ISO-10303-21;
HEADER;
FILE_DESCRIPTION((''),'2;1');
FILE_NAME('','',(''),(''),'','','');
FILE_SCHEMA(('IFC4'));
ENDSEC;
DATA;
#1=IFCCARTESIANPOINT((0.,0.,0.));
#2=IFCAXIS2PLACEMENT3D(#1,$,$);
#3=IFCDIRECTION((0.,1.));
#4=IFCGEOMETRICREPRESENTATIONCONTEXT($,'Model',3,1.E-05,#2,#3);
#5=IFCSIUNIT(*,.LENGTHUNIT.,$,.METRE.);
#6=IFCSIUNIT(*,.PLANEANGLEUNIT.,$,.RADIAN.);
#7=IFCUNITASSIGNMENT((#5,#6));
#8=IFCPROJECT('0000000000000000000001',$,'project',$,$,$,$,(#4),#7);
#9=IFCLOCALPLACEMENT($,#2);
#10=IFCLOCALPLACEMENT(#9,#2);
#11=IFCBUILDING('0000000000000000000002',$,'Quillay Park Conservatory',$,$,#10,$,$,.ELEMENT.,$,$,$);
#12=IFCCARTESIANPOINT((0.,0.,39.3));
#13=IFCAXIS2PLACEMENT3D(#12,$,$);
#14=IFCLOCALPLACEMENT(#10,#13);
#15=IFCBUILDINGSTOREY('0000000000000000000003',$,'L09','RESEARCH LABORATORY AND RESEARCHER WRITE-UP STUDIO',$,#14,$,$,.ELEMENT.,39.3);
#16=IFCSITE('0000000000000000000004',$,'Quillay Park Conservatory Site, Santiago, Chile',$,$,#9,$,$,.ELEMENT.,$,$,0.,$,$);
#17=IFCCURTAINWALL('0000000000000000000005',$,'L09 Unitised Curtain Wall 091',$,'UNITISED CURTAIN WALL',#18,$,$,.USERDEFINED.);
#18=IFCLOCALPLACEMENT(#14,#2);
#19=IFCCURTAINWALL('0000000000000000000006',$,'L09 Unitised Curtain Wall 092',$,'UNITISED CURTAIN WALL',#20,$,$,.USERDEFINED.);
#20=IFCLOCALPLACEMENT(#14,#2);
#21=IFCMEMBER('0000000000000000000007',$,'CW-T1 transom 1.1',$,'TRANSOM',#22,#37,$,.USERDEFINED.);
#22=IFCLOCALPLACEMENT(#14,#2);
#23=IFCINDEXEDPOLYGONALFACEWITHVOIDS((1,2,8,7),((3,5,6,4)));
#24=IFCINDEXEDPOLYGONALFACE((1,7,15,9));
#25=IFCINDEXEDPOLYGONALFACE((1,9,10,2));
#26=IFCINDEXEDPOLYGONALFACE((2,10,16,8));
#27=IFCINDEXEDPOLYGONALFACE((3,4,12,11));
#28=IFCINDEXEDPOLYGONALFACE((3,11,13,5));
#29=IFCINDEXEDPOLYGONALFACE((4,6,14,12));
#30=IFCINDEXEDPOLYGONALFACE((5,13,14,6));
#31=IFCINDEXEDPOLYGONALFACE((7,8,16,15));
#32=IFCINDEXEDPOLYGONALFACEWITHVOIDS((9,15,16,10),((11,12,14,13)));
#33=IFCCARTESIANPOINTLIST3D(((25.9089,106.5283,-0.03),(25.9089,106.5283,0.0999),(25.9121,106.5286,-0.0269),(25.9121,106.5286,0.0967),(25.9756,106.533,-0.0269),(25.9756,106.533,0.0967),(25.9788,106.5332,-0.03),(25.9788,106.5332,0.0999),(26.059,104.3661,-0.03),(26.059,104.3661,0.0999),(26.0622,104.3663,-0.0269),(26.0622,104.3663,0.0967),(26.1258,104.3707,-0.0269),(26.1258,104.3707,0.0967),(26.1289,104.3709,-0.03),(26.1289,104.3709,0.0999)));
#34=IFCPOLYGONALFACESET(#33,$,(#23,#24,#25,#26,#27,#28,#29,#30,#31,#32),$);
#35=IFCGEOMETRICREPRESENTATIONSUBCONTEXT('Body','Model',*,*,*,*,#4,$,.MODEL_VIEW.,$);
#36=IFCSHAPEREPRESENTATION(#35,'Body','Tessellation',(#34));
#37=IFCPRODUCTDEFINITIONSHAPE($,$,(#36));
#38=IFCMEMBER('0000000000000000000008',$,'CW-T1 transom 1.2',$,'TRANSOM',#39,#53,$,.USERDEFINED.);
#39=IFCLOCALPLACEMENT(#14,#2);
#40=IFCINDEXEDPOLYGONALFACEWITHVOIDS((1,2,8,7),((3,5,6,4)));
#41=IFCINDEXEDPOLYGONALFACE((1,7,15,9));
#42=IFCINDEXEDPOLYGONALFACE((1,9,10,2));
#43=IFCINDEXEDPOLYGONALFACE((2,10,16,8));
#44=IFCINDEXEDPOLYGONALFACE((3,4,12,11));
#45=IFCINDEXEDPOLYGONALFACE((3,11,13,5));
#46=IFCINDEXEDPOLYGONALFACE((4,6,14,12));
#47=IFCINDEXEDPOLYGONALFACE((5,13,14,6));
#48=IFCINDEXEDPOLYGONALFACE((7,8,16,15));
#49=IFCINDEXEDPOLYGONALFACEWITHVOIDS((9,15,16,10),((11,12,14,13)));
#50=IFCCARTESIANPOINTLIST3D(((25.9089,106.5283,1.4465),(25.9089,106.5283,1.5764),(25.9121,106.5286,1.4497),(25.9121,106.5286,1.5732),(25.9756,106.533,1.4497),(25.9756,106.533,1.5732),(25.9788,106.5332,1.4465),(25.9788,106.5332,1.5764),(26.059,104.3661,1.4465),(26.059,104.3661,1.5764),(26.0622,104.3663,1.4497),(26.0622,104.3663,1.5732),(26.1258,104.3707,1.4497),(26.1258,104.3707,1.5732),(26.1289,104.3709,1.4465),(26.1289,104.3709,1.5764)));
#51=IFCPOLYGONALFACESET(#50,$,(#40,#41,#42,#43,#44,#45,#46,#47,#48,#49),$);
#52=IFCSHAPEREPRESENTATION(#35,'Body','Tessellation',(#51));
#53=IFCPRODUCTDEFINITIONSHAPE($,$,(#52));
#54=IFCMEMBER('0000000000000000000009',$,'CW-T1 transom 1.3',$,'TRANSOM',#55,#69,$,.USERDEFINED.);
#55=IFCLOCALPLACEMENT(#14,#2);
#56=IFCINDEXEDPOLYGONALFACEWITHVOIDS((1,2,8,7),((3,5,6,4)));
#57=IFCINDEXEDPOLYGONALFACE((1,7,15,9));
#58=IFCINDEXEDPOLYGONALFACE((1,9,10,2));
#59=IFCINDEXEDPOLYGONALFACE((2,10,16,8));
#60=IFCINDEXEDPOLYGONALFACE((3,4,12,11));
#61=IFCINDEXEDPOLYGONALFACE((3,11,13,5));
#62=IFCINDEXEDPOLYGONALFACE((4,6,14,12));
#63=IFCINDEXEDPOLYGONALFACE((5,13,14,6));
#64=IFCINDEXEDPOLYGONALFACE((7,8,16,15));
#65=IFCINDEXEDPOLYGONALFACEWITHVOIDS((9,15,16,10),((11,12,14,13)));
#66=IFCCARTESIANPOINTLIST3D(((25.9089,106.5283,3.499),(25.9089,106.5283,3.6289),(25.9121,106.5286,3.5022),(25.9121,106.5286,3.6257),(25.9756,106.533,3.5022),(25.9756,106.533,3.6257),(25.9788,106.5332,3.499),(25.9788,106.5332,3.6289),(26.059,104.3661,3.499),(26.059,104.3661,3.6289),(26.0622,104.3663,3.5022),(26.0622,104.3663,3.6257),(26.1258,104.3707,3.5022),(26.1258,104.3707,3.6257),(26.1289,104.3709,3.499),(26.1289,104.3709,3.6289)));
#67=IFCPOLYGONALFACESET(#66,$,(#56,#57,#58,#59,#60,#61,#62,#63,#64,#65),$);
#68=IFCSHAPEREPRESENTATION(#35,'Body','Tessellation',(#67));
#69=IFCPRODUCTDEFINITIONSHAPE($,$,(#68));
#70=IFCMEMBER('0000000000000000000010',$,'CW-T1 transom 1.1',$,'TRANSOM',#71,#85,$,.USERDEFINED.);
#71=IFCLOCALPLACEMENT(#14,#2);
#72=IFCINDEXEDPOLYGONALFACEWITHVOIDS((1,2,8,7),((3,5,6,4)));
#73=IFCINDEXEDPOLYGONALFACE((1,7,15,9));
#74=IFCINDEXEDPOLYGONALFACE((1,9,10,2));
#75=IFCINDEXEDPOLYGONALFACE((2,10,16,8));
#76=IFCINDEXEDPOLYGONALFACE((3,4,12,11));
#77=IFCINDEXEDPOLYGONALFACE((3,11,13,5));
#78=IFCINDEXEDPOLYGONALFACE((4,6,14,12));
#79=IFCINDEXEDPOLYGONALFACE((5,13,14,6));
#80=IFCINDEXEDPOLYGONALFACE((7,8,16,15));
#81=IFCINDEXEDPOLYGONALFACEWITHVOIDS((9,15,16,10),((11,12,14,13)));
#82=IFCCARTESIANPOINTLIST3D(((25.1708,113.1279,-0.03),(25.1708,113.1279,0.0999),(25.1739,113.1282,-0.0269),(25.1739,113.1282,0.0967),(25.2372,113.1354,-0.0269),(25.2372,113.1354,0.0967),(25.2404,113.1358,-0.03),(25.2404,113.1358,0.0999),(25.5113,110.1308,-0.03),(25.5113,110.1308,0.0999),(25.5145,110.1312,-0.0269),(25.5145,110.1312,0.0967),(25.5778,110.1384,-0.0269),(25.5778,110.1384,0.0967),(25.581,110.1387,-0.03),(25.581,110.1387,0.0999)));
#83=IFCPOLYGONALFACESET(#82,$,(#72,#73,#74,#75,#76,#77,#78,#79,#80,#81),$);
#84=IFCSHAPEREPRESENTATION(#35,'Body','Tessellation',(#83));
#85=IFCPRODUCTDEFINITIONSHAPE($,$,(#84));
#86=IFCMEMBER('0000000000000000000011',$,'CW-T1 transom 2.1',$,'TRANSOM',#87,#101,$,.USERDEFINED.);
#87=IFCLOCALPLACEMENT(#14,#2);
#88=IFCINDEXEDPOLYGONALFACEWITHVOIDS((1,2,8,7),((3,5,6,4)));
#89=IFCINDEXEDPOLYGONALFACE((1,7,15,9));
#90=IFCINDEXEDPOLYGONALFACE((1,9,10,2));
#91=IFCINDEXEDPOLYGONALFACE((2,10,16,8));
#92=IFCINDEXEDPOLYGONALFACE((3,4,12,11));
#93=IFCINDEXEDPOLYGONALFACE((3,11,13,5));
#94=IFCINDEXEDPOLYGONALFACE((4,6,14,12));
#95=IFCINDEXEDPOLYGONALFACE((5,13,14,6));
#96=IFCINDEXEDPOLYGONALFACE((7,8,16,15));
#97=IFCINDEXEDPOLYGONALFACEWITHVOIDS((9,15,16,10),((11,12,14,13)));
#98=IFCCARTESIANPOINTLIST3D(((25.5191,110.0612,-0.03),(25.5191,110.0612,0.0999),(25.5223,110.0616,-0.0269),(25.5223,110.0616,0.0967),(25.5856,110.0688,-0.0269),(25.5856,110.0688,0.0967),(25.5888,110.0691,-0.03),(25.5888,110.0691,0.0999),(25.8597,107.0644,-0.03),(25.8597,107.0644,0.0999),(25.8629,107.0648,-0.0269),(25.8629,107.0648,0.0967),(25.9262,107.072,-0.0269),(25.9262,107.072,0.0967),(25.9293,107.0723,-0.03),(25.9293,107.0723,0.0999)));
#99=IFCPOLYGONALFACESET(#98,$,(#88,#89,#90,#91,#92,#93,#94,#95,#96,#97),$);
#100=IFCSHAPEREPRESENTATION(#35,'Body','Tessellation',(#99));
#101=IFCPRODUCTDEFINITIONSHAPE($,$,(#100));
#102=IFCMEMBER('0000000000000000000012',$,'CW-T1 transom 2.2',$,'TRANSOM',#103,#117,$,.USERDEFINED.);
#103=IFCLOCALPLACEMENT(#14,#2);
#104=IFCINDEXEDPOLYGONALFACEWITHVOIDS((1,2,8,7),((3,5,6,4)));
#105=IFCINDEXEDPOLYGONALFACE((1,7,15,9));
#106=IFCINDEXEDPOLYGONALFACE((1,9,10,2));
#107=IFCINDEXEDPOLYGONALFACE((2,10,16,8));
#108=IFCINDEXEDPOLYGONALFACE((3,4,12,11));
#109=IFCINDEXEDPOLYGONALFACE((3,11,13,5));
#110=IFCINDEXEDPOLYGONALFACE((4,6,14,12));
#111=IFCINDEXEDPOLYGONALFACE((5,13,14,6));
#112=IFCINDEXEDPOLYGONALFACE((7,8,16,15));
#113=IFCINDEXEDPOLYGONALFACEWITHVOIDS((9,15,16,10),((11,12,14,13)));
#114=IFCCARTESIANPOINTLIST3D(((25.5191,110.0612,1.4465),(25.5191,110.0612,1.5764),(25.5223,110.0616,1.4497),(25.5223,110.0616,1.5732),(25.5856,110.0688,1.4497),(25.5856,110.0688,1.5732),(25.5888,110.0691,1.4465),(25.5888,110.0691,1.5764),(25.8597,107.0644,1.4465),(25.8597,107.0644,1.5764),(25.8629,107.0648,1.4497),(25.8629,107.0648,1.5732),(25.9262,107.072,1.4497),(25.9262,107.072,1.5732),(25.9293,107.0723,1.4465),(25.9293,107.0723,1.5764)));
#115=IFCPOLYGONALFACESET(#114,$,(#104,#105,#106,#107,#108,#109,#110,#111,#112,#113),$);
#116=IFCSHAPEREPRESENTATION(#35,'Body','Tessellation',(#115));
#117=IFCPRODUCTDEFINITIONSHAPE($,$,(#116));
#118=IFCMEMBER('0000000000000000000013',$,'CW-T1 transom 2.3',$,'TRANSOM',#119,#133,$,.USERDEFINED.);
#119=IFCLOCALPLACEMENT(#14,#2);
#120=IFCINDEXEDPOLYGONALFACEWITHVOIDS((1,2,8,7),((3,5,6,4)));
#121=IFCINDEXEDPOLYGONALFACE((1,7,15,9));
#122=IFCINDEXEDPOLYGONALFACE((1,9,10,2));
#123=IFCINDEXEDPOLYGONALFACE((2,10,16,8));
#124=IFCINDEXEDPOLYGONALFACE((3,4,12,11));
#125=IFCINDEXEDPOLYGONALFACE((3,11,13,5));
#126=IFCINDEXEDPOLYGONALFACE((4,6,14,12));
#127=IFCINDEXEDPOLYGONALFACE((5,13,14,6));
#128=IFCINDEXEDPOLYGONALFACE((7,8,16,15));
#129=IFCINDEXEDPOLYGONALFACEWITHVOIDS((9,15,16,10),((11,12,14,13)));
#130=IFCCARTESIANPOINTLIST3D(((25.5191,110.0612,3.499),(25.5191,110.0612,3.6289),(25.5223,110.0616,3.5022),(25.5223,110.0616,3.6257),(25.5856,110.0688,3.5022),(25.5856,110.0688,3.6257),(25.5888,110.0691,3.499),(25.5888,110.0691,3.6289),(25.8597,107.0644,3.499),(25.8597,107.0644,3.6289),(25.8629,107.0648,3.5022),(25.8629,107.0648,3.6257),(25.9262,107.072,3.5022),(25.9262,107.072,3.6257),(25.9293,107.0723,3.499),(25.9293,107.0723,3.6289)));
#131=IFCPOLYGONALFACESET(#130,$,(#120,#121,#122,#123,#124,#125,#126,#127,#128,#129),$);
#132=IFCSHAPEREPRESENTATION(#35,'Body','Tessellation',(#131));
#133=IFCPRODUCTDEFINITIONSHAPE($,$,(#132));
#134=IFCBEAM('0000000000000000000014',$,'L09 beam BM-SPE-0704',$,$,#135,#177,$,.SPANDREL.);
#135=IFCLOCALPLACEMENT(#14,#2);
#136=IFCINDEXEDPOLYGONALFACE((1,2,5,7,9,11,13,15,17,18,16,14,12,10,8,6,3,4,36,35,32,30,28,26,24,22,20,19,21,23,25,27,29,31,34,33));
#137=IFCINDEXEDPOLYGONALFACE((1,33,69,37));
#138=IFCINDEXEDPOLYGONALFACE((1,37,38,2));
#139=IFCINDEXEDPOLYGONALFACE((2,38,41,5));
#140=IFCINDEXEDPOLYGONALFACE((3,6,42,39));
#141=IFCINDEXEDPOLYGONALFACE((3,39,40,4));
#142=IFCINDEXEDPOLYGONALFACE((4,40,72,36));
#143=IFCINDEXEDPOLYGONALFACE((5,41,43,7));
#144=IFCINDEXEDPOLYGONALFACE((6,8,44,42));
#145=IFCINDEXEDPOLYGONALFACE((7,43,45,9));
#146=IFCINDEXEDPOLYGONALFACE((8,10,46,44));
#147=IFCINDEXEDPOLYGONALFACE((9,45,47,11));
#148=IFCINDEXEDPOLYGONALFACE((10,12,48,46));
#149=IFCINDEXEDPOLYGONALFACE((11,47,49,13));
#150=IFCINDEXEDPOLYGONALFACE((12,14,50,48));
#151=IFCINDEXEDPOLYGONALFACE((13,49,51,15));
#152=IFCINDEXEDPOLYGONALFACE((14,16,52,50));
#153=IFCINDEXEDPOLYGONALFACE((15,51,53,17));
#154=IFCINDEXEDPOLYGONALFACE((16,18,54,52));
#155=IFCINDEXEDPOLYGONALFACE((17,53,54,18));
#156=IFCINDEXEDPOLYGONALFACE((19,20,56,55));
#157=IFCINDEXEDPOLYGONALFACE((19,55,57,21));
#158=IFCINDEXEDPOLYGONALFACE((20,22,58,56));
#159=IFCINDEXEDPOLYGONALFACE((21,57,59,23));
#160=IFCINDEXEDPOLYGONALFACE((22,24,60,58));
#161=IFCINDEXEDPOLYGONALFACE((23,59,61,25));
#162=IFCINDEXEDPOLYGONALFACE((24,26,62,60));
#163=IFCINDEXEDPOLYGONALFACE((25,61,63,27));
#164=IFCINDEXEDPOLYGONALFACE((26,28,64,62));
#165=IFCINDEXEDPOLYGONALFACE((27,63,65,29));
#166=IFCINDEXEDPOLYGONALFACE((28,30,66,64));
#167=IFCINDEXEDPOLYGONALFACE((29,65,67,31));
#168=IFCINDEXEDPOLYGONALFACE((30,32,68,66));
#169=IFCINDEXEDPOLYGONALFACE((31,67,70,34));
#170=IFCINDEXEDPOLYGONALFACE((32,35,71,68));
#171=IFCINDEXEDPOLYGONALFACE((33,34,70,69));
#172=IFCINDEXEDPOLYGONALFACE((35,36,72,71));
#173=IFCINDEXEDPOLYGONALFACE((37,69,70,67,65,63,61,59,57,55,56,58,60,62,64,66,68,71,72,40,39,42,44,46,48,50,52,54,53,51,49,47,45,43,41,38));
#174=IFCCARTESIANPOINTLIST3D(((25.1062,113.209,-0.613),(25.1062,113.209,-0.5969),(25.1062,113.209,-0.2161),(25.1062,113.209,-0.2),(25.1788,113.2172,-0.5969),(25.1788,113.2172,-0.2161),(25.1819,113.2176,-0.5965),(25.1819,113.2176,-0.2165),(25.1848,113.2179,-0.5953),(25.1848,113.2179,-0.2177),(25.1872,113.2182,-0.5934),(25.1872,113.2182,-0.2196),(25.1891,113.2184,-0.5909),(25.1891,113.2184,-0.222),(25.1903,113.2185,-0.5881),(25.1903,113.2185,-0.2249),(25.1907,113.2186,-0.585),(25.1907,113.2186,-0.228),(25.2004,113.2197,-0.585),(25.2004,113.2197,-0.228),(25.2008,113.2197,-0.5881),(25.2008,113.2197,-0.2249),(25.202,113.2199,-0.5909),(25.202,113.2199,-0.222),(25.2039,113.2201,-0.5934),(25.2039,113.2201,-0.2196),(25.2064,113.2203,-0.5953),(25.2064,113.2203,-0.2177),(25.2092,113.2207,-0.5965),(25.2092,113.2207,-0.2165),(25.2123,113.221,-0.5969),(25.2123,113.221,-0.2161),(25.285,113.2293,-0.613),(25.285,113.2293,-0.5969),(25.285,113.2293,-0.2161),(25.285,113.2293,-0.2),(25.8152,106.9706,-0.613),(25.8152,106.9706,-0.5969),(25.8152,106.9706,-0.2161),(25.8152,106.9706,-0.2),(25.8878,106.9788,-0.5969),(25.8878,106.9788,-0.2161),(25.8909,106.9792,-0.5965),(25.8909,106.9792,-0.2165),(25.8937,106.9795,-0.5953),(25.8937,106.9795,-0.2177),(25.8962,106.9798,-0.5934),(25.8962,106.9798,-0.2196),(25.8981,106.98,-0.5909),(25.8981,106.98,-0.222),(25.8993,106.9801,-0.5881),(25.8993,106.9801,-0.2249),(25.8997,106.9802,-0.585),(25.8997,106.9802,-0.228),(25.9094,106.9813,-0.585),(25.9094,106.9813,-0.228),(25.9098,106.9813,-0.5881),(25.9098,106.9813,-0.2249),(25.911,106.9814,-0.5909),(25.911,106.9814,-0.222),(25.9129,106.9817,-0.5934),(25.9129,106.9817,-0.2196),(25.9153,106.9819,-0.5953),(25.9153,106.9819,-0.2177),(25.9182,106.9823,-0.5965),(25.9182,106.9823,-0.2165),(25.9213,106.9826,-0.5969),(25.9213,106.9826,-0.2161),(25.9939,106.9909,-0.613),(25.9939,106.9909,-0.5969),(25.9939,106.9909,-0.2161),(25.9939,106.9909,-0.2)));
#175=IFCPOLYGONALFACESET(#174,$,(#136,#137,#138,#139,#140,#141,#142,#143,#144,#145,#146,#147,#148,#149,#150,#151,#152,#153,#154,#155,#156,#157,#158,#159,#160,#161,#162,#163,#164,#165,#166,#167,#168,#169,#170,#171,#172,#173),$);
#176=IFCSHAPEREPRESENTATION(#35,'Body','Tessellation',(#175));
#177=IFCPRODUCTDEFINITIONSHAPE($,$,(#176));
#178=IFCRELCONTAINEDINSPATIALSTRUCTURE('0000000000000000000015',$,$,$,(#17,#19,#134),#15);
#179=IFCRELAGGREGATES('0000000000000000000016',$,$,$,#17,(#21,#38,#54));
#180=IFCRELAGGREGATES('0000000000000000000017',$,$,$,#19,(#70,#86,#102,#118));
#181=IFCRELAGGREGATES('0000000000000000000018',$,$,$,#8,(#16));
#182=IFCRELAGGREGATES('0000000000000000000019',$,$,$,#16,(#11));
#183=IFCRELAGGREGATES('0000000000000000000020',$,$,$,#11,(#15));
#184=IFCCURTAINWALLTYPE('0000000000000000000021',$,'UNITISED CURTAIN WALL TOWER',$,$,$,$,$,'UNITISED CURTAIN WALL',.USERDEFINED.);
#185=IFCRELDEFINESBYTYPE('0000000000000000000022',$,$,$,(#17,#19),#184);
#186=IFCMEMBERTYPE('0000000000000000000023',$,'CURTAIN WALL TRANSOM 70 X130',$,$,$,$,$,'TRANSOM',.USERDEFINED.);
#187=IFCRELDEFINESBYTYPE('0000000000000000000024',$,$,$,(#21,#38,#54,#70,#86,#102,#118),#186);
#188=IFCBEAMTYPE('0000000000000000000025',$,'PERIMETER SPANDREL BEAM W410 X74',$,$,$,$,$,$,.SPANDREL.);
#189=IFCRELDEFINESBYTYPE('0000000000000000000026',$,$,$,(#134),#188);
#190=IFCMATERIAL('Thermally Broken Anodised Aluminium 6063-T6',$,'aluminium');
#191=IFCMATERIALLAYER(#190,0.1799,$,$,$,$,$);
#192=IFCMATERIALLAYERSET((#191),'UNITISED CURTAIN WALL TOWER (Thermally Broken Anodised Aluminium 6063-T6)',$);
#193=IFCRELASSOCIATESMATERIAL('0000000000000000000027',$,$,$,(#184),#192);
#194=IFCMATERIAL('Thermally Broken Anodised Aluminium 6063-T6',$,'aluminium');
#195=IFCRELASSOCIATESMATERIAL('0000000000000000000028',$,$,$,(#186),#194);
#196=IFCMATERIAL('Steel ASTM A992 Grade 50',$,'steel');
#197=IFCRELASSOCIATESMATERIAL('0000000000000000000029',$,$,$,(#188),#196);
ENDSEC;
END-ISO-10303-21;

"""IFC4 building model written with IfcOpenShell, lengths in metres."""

from ifc_helpers import new_model, si_unit, direction, frame, origin, origin_2d, place, context, subcontext, project, spatial, hollow_rectangle, i_section, extrude, material, layer, layer_set, material_profile, profile_set, type_object, element, aggregate, save


model = new_model("IFC4")

# Units and contexts
model_context = context("Model", 3, precision=1e-05, world=origin(), true_north=direction((0.0, 1.0)))
body_context = subcontext(model_context, "Body", "Model", "MODEL_VIEW")
ifc_project = project(units=[si_unit("LENGTHUNIT", "METRE"), si_unit("PLANEANGLEUNIT", "RADIAN")], contexts=[model_context])

# Site, building, storey
site_placement = place(None, origin())
site = spatial("IfcSite", under=ifc_project, at=site_placement, Name="Quillay Park Conservatory Site, Santiago, Chile", CompositionType="ELEMENT", RefElevation=0.0)
building_placement = place(site_placement, origin())
building = spatial("IfcBuilding", under=site, at=building_placement, Name="Quillay Park Conservatory", CompositionType="ELEMENT")
storey_placement = place(building_placement, frame((0.0, 0.0, 39.3)))
storey = spatial("IfcBuildingStorey", under=building, at=storey_placement, Name="L09", Description="RESEARCH LABORATORY AND RESEARCHER WRITE-UP STUDIO", CompositionType="ELEMENT", Elevation=39.3)

# Curtain wall
ifc_material_1 = material(Name="Thermally Broken Anodised Aluminium 6063-T6", Category="aluminium")
ifc_layer_1 = layer(ifc_material_1, 0.1799)
ifc_layer_set_1 = layer_set([ifc_layer_1], Name="UNITISED CURTAIN WALL TOWER (Thermally Broken Anodised Aluminium 6063-T6)")
curtain_wall_type = type_object("IfcCurtainWallType", Name="UNITISED CURTAIN WALL TOWER", ElementType="UNITISED CURTAIN WALL", PredefinedType="USERDEFINED", material=ifc_layer_set_1)
curtain_wall_1_placement = place(storey_placement, origin())
curtain_wall_1 = element("IfcCurtainWall", 1, at=curtain_wall_1_placement, inside=storey, type_object=curtain_wall_type, Name="L09 Unitised Curtain Wall 091", ObjectType="UNITISED CURTAIN WALL", PredefinedType="USERDEFINED")

# Curtain wall
curtain_wall_2_placement = place(storey_placement, origin())
curtain_wall_2 = element("IfcCurtainWall", 2, at=curtain_wall_2_placement, inside=storey, type_object=curtain_wall_type, Name="L09 Unitised Curtain Wall 092", ObjectType="UNITISED CURTAIN WALL", PredefinedType="USERDEFINED")

# Members
ifc_material_2 = material(Name="Thermally Broken Anodised Aluminium 6063-T6", Category="aluminium")
ifc_material_profile_1 = material_profile(ifc_material_2, hollow_rectangle(XDim=0.0701, YDim=0.1299, WallThickness=0.0032, at=origin_2d()), Name="AL70x130x3.2")
ifc_profile_set_1 = profile_set([ifc_material_profile_1], Name="Thermally Broken Anodised Aluminium 6063-T6")
member_type_1 = type_object("IfcMemberType", Name="CURTAIN WALL TRANSOM 70 X130", ElementType="TRANSOM", PredefinedType="USERDEFINED", material=ifc_profile_set_1)
member_1_placement = place(storey_placement, frame((25.9438, 106.5308, 0.0349), z_axis=(0.06927, -0.997598, 0.0), x_axis=(0.997598, 0.06927, 0.0)))
member_1 = element("IfcMember", 3, at=member_1_placement, type_object=member_type_1, Name="CW-T1 transom 1.1", ObjectType="TRANSOM", PredefinedType="USERDEFINED", context=body_context, shape_type="SweptSolid", body=[
    extrude(hollow_rectangle(XDim=0.0701, YDim=0.1299, WallThickness=0.0032, at=origin_2d()), origin(), (0.0, 0.0, 1.0), 2.1675),
])
member_2_placement = place(storey_placement, frame((25.9438, 106.5308, 1.5115), z_axis=(0.06927, -0.997598, 0.0), x_axis=(0.997598, 0.06927, 0.0)))
member_2 = element("IfcMember", 4, at=member_2_placement, type_object=member_type_1, Name="CW-T1 transom 1.2", ObjectType="TRANSOM", PredefinedType="USERDEFINED", context=body_context, shape_type="SweptSolid", body=[
    extrude(hollow_rectangle(XDim=0.0701, YDim=0.1299, WallThickness=0.0032, at=origin_2d()), origin(), (0.0, 0.0, 1.0), 2.1675),
])
member_3_placement = place(storey_placement, frame((25.9438, 106.5308, 3.564), z_axis=(0.06927, -0.997598, 0.0), x_axis=(0.997598, 0.06927, 0.0)))
member_3 = element("IfcMember", 5, at=member_3_placement, type_object=member_type_1, Name="CW-T1 transom 1.3", ObjectType="TRANSOM", PredefinedType="USERDEFINED", context=body_context, shape_type="SweptSolid", body=[
    extrude(hollow_rectangle(XDim=0.0701, YDim=0.1299, WallThickness=0.0032, at=origin_2d()), origin(), (0.0, 0.0, 1.0), 2.1675),
])
member_4_placement = place(storey_placement, frame((25.2056, 113.1318, 0.0349), z_axis=(0.11291, -0.993605, 0.0), x_axis=(0.993605, 0.11291, 0.0)))
member_4 = element("IfcMember", 6, at=member_4_placement, type_object=member_type_1, Name="CW-T1 transom 1.1", ObjectType="TRANSOM", PredefinedType="USERDEFINED", context=body_context, shape_type="SweptSolid", body=[
    extrude(hollow_rectangle(XDim=0.0701, YDim=0.1299, WallThickness=0.0032, at=origin_2d()), origin(), (0.0, 0.0, 1.0), 3.0164),
])
member_5_placement = place(storey_placement, frame((25.554, 110.0652, 0.0349), z_axis=(0.112919, -0.993604, 0.0), x_axis=(0.993604, 0.112919, 0.0)))
member_5 = element("IfcMember", 7, at=member_5_placement, type_object=member_type_1, Name="CW-T1 transom 2.1", ObjectType="TRANSOM", PredefinedType="USERDEFINED", context=body_context, shape_type="SweptSolid", body=[
    extrude(hollow_rectangle(XDim=0.0701, YDim=0.1299, WallThickness=0.0032, at=origin_2d()), origin(), (0.0, 0.0, 1.0), 3.0161),
])
member_6_placement = place(storey_placement, frame((25.554, 110.0652, 1.5115), z_axis=(0.112919, -0.993604, 0.0), x_axis=(0.993604, 0.112919, 0.0)))
member_6 = element("IfcMember", 8, at=member_6_placement, type_object=member_type_1, Name="CW-T1 transom 2.2", ObjectType="TRANSOM", PredefinedType="USERDEFINED", context=body_context, shape_type="SweptSolid", body=[
    extrude(hollow_rectangle(XDim=0.0701, YDim=0.1299, WallThickness=0.0032, at=origin_2d()), origin(), (0.0, 0.0, 1.0), 3.0161),
])
member_7_placement = place(storey_placement, frame((25.554, 110.0652, 3.564), z_axis=(0.112919, -0.993604, 0.0), x_axis=(0.993604, 0.112919, 0.0)))
member_7 = element("IfcMember", 9, at=member_7_placement, type_object=member_type_1, Name="CW-T1 transom 2.3", ObjectType="TRANSOM", PredefinedType="USERDEFINED", context=body_context, shape_type="SweptSolid", body=[
    extrude(hollow_rectangle(XDim=0.0701, YDim=0.1299, WallThickness=0.0032, at=origin_2d()), origin(), (0.0, 0.0, 1.0), 3.0161),
])

# Beam
ifc_material_3 = material(Name="Steel ASTM A992 Grade 50", Category="steel")
ifc_material_profile_2 = material_profile(ifc_material_3, i_section(OverallWidth=0.1799, OverallDepth=0.4131, WebThickness=0.0098, FlangeThickness=0.0161, FilletRadius=0.012, at=origin_2d()), Name="W410x74")
ifc_profile_set_2 = profile_set([ifc_material_profile_2], Name="Steel ASTM A992 Grade 50")
beam_type_1 = type_object("IfcBeamType", Name="PERIMETER SPANDREL BEAM W410 X74", PredefinedType="SPANDREL", material=ifc_profile_set_2)
beam_1_placement = place(storey_placement, frame((25.9045, 106.9807, -0.4065), z_axis=(-0.112919, 0.993604, 0.0), x_axis=(-0.993604, -0.112919, 0.0)))
element("IfcBeam", 10, at=beam_1_placement, inside=storey, type_object=beam_type_1, Name="L09 beam BM-SPE-0704", PredefinedType="SPANDREL", context=body_context, shape_type="SweptSolid", body=[
    extrude(i_section(OverallWidth=0.1799, OverallDepth=0.4131, WebThickness=0.0098, FlangeThickness=0.0161, FilletRadius=0.012, at=origin_2d()), origin(), (0.0, 0.0, 1.0), 6.2786),
])

aggregate(curtain_wall_1, [member_1, member_2, member_3])
aggregate(curtain_wall_2, [member_4, member_5, member_6, member_7])

save(model, "model.ifc")
